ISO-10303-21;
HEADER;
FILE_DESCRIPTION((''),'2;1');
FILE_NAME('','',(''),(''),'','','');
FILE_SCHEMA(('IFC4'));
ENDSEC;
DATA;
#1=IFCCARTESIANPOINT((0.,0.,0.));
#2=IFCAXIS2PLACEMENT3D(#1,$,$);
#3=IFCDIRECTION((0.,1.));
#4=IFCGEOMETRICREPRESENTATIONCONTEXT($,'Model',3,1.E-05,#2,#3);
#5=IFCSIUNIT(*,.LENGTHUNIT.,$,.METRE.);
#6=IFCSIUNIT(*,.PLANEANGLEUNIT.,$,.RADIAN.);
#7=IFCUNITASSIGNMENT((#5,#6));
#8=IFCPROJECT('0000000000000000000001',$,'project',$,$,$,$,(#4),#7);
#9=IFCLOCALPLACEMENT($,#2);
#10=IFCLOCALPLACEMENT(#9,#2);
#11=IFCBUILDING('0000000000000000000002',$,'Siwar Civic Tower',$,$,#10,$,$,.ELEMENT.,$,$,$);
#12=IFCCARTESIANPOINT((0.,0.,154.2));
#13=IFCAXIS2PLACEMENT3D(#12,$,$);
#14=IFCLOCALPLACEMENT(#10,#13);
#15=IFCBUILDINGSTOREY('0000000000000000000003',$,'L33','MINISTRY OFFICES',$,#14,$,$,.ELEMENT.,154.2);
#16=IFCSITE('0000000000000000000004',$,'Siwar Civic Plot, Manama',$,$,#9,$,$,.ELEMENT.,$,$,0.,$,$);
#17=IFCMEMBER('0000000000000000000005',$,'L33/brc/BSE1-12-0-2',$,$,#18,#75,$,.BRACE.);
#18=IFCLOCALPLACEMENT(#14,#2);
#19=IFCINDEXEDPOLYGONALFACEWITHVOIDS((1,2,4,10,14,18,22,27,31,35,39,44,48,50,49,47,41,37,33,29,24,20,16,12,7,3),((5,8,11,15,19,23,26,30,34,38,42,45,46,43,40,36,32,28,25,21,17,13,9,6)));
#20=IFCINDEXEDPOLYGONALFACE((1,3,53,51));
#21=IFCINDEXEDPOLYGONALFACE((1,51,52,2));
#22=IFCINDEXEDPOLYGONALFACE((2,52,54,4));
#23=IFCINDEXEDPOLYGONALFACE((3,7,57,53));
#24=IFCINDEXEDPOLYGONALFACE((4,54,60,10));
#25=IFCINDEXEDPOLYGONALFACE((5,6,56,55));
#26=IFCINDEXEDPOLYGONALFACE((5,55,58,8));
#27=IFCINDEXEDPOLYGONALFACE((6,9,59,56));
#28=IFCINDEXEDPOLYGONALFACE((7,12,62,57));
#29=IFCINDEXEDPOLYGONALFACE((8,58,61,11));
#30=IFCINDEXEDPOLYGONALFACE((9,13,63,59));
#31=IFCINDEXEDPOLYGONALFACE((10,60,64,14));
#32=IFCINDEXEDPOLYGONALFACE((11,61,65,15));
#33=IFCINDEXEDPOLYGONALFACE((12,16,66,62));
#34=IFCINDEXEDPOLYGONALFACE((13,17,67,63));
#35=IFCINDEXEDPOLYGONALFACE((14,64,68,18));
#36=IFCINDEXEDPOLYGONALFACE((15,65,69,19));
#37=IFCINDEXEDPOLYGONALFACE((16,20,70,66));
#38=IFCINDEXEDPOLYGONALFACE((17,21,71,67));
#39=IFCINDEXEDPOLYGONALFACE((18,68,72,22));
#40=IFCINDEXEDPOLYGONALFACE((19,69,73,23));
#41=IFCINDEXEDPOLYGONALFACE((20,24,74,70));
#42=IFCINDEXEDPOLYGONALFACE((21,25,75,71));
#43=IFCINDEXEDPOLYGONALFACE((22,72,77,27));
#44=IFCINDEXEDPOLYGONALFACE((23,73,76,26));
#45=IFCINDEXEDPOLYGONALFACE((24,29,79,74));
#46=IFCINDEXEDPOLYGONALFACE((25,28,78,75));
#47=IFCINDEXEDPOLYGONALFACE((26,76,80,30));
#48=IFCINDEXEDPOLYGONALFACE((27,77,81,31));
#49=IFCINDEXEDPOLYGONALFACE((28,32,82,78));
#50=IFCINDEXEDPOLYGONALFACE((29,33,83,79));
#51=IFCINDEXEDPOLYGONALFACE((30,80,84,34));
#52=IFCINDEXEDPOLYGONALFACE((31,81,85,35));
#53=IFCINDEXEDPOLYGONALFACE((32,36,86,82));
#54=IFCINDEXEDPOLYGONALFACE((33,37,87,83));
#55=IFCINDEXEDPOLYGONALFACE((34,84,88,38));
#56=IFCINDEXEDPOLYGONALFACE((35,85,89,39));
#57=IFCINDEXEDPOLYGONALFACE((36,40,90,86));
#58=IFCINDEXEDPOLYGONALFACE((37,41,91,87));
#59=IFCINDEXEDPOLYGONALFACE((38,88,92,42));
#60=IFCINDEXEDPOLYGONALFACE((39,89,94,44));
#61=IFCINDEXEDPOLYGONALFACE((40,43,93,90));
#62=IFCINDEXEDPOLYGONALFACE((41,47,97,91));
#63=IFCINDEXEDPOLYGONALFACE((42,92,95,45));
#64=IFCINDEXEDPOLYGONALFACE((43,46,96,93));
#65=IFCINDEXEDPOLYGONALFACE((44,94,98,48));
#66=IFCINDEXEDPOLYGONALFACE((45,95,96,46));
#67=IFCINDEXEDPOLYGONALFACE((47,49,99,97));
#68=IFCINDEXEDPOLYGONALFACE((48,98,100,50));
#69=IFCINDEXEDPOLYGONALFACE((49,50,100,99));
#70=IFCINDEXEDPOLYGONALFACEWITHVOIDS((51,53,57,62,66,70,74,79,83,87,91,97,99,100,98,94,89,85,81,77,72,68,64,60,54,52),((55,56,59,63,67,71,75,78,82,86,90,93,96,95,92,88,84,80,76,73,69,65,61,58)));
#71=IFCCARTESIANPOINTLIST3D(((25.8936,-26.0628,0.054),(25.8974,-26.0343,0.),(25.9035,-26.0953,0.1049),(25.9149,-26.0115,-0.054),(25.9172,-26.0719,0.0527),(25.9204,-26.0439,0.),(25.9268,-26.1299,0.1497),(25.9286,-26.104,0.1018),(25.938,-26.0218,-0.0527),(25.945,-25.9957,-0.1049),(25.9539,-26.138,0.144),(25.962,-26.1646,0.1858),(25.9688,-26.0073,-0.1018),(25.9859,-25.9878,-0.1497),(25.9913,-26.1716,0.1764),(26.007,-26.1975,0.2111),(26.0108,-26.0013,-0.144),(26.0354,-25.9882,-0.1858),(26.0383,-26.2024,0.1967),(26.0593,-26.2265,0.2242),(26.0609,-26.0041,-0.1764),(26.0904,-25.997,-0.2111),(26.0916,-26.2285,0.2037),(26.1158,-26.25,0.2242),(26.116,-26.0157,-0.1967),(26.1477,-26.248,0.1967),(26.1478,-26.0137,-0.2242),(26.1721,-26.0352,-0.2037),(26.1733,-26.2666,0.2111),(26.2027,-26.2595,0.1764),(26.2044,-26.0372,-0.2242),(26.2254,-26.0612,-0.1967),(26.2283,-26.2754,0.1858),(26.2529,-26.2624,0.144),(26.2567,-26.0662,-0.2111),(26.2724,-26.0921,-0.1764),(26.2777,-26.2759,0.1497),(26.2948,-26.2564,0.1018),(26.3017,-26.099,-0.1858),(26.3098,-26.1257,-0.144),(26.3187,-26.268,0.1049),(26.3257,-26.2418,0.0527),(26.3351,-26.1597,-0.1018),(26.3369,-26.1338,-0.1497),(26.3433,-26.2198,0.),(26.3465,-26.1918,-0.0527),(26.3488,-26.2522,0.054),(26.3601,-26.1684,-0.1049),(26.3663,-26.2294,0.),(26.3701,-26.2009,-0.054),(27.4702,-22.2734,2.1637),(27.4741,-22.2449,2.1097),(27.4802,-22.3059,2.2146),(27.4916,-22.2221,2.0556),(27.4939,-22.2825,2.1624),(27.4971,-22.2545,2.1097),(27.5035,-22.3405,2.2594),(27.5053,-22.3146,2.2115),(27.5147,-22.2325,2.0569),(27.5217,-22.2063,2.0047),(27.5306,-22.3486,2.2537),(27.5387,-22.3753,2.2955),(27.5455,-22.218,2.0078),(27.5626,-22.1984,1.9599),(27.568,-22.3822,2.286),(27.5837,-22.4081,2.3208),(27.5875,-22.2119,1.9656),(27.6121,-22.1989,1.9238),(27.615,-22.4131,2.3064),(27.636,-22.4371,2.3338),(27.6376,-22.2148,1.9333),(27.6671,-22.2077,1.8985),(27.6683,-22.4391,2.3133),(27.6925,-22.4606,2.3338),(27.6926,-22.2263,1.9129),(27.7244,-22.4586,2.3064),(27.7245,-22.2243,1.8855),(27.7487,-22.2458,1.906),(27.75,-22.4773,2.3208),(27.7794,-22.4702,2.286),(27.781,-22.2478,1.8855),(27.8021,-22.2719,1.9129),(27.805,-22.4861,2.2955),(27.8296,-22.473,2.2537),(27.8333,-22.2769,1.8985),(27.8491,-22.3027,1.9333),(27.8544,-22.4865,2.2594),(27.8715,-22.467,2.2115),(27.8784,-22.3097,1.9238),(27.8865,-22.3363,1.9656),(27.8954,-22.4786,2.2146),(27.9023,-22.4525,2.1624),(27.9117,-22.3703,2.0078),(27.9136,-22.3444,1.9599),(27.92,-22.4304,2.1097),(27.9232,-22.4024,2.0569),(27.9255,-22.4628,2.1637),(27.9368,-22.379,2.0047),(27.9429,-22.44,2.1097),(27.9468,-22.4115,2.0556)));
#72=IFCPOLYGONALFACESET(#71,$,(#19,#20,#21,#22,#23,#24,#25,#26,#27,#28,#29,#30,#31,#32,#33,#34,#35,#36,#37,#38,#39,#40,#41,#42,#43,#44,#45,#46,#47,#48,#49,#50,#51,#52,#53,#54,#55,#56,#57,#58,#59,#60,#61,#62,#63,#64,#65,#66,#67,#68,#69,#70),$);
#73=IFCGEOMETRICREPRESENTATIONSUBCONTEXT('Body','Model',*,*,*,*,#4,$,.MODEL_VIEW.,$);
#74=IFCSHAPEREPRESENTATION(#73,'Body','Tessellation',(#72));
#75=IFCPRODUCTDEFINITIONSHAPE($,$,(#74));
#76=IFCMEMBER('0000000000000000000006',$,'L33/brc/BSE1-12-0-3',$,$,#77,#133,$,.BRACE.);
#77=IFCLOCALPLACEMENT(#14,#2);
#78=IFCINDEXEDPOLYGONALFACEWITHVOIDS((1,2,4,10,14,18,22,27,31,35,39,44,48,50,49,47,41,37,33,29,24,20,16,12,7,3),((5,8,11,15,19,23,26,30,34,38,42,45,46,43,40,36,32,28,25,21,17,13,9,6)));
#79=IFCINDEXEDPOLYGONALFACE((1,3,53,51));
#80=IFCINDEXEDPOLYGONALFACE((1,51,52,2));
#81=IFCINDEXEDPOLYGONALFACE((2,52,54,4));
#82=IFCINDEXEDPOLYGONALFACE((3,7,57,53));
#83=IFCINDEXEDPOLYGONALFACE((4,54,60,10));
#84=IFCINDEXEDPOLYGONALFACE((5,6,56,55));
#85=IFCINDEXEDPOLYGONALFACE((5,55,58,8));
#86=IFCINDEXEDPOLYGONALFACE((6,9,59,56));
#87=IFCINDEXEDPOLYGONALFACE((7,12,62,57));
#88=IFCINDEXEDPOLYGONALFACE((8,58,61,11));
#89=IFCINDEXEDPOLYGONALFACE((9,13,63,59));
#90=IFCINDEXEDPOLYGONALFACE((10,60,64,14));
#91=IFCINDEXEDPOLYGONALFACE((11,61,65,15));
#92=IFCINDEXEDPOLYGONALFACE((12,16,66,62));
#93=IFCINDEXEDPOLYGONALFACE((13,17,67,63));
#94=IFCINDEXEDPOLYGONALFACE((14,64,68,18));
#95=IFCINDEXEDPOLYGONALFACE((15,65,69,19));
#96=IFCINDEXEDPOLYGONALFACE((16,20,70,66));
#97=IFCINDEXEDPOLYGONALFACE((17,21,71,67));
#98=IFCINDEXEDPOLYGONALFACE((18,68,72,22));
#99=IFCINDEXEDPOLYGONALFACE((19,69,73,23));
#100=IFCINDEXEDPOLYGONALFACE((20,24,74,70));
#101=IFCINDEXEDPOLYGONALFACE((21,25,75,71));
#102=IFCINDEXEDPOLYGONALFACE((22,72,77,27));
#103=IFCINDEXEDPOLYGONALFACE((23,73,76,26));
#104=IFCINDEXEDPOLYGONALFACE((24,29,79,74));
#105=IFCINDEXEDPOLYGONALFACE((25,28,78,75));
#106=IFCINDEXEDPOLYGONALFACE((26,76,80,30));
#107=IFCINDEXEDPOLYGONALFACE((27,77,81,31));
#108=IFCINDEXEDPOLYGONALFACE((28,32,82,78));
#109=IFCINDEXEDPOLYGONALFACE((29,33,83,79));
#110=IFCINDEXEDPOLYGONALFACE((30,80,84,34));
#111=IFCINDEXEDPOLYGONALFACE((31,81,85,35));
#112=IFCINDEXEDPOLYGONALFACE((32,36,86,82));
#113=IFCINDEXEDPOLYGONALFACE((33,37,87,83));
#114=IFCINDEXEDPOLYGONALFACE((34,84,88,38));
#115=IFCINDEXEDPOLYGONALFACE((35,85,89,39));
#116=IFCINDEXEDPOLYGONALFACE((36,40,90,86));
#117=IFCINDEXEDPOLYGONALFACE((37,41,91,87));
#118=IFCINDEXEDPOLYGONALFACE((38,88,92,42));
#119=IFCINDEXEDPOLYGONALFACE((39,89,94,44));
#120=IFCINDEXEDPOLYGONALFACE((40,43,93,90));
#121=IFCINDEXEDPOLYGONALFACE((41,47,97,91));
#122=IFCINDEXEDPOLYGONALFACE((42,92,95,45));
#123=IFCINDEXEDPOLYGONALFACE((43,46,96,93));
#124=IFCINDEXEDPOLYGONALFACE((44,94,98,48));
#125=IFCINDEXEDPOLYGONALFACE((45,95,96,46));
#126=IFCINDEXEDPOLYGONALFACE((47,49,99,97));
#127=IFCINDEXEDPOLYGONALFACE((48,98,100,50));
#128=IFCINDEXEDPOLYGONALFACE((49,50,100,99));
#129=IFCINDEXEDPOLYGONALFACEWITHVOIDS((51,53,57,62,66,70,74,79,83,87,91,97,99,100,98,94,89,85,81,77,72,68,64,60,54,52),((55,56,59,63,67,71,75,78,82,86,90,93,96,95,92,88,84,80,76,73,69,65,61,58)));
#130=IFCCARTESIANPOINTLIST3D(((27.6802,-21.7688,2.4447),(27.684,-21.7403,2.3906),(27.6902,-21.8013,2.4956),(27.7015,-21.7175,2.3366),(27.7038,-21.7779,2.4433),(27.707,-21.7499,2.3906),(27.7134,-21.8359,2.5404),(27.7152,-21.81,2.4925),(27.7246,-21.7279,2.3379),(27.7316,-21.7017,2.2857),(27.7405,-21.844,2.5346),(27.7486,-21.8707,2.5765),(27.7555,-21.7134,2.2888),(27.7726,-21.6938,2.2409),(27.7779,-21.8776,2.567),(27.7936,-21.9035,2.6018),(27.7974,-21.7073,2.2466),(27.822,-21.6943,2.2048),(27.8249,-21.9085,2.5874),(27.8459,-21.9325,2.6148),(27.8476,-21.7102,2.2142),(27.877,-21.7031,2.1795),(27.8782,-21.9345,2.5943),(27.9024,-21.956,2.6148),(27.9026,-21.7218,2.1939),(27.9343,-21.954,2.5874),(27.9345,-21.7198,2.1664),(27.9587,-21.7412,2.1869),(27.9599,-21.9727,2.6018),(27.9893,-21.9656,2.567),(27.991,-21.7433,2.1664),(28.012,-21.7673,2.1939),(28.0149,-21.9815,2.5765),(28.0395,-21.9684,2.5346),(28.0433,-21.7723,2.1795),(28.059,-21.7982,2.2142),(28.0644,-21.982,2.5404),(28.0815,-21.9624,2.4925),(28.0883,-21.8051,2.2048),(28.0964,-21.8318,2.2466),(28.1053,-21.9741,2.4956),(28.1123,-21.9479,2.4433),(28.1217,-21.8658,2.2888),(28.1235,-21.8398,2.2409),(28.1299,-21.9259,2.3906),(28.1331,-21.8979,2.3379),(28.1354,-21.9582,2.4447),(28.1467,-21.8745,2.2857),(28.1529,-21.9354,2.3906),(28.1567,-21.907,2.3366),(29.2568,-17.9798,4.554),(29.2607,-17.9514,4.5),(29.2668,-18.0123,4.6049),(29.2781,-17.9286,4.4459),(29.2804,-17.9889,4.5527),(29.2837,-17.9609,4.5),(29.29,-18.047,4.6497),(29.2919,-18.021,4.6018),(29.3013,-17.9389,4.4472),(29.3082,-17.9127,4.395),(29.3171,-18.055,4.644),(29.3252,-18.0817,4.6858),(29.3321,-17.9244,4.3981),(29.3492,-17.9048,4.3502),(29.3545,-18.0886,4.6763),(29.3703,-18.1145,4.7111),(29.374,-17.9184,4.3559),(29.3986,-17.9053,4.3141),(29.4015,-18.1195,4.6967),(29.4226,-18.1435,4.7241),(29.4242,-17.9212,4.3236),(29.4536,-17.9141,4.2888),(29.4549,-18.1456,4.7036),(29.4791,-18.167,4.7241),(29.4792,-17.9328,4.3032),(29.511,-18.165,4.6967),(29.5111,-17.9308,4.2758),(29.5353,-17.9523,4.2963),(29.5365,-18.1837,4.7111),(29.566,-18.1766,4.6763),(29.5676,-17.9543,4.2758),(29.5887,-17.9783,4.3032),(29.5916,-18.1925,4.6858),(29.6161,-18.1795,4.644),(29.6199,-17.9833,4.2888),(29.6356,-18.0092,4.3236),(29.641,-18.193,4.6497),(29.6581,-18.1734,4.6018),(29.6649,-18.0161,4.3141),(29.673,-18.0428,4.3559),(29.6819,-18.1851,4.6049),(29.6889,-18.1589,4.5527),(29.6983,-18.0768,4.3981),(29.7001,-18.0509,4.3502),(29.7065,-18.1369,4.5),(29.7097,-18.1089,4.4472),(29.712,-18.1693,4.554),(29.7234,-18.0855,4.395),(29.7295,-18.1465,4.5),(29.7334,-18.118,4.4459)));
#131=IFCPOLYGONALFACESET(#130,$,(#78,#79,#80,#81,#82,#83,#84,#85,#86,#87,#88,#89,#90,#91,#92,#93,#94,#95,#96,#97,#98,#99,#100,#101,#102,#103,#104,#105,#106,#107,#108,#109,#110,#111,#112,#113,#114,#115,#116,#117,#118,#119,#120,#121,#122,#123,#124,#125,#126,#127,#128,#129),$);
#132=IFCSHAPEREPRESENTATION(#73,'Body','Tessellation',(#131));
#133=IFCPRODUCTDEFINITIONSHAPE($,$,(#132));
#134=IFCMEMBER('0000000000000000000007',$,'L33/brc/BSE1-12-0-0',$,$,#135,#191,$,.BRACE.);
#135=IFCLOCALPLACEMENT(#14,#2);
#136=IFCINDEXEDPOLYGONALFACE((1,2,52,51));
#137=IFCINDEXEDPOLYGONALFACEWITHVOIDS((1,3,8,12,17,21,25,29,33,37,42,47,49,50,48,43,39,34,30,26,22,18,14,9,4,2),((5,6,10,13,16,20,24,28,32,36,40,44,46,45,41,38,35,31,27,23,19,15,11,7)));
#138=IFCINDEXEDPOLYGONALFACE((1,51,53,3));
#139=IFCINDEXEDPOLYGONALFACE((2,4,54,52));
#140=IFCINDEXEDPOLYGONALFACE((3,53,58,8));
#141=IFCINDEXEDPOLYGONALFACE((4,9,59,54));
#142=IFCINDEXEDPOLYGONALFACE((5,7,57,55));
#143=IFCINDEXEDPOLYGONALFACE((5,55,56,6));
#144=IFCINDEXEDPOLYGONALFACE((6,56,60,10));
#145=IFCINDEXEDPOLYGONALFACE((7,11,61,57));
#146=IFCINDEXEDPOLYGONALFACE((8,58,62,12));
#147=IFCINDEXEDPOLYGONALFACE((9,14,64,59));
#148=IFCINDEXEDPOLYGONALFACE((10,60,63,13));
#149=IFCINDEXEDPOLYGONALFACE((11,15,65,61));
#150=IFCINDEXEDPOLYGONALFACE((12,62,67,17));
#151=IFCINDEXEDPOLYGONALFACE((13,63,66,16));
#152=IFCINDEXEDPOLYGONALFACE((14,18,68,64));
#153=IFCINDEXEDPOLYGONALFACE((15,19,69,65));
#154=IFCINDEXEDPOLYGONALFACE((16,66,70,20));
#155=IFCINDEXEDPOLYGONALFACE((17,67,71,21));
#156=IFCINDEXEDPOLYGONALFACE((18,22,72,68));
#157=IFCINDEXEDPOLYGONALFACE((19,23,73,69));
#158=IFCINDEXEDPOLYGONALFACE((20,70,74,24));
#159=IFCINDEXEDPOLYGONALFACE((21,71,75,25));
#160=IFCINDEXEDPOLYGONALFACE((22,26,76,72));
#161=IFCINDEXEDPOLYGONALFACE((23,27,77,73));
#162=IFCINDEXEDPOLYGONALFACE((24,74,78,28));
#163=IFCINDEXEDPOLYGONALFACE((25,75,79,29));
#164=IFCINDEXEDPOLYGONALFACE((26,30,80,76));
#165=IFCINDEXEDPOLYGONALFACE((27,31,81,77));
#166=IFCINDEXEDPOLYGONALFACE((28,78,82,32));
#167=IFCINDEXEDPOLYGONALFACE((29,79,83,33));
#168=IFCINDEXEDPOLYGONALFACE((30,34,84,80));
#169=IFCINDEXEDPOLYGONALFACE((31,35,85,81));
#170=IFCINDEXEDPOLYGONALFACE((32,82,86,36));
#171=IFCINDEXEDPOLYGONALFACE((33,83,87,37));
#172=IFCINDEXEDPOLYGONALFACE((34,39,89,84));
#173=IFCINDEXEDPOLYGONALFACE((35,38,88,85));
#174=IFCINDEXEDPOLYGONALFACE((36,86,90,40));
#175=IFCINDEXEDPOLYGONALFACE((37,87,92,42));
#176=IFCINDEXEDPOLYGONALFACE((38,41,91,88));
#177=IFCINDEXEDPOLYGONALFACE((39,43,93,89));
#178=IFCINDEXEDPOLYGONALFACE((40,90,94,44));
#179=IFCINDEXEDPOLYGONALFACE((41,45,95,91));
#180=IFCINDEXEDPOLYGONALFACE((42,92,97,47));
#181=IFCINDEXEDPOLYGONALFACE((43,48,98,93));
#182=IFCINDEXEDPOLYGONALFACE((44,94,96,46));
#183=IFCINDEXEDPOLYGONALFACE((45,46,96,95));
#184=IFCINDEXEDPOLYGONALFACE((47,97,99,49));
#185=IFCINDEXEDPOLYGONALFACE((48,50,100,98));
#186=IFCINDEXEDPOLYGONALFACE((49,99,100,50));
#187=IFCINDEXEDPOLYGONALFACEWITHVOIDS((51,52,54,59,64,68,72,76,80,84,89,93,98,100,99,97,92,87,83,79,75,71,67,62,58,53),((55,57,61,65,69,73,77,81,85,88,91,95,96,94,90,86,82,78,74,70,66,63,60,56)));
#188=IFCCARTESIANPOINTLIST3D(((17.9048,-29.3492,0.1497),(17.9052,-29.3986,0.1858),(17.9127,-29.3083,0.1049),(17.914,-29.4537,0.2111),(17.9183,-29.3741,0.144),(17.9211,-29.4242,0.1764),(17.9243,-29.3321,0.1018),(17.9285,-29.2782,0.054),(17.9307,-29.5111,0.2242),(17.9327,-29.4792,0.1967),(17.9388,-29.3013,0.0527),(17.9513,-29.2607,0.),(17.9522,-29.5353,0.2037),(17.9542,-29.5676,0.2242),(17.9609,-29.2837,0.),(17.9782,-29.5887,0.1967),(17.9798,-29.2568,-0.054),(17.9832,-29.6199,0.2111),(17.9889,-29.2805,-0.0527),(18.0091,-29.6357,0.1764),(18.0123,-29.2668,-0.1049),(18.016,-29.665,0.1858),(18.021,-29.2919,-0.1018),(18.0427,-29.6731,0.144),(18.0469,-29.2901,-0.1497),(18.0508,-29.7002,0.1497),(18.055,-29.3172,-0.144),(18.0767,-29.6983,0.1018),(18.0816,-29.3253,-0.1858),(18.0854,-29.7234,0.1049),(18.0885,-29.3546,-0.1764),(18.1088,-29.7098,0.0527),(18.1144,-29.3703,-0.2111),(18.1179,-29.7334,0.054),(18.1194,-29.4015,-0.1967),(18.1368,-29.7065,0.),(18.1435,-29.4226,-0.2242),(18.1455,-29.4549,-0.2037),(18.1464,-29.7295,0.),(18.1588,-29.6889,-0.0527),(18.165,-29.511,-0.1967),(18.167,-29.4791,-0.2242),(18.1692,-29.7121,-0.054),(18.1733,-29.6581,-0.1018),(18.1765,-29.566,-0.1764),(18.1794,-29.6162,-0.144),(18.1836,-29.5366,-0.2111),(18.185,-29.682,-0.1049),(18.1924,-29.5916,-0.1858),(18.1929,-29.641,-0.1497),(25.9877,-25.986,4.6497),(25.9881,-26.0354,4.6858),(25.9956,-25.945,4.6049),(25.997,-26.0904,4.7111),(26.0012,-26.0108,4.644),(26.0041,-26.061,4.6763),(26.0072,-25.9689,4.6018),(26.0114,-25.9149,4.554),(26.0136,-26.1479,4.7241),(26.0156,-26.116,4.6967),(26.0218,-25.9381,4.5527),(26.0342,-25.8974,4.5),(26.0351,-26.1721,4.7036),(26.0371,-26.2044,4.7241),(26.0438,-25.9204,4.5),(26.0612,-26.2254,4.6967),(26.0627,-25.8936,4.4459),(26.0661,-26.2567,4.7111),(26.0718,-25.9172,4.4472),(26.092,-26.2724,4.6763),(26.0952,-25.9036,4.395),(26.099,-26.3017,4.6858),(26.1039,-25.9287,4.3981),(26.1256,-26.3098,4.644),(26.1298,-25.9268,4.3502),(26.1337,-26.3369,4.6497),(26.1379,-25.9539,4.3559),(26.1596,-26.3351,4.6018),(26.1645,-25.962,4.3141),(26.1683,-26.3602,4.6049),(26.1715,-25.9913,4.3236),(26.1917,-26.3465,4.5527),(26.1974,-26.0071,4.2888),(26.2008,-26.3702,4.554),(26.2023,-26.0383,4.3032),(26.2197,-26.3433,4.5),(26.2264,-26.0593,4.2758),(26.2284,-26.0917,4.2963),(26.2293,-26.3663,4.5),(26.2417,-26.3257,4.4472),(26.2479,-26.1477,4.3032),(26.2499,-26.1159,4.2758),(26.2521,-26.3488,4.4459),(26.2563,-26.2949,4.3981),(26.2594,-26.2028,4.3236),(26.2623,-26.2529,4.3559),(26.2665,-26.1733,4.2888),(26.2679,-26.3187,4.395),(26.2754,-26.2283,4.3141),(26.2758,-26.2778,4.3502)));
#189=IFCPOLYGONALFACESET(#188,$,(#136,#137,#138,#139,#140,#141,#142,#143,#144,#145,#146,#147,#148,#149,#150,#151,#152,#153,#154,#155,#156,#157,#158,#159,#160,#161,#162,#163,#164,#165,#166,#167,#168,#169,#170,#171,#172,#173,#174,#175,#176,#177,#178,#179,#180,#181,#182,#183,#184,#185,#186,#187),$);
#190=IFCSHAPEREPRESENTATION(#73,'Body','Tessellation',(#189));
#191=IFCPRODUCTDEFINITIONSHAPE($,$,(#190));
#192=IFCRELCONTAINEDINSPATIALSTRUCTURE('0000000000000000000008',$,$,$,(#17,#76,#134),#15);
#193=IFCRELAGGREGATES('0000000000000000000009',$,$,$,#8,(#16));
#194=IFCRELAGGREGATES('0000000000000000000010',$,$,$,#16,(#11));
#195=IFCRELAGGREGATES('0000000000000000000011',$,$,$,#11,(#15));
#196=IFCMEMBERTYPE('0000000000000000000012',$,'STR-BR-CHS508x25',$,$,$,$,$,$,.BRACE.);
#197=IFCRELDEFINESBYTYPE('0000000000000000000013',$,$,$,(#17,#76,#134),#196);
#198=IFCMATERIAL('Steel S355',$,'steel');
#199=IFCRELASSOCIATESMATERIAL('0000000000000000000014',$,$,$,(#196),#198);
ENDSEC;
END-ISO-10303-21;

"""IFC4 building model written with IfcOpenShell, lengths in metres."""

from ifc_helpers import new_model, si_unit, direction, frame, origin, origin_2d, place, context, subcontext, project, spatial, hollow_circle, extrude, material, material_profile, profile_set, type_object, element, save


model = new_model("IFC4")

# Units and contexts
model_context = context("Model", 3, precision=1e-05, world=origin(), true_north=direction((0.0, 1.0)))
body_context = subcontext(model_context, "Body", "Model", "MODEL_VIEW")
ifc_project = project(units=[si_unit("LENGTHUNIT", "METRE"), si_unit("PLANEANGLEUNIT", "RADIAN")], contexts=[model_context])

# Site, building, storey
site_placement = place(None, origin())
site = spatial("IfcSite", under=ifc_project, at=site_placement, Name="Siwar Civic Plot, Manama", CompositionType="ELEMENT", RefElevation=0.0)
building_placement = place(site_placement, origin())
building = spatial("IfcBuilding", under=site, at=building_placement, Name="Siwar Civic Tower", CompositionType="ELEMENT")
storey_placement = place(building_placement, frame((0.0, 0.0, 154.2)))
storey = spatial("IfcBuildingStorey", under=building, at=storey_placement, Name="L33", Description="MINISTRY OFFICES", CompositionType="ELEMENT", Elevation=154.2)

# Members
ifc_material_1 = material(Name="Steel S355", Category="steel")
ifc_material_profile_1 = material_profile(ifc_material_1, hollow_circle(Radius=0.2539, WallThickness=0.0249, at=origin_2d()), Name="CHS508x25")
ifc_profile_set_1 = profile_set([ifc_material_profile_1], Name="Steel S355")
member_type_1 = type_object("IfcMemberType", Name="STR-BR-CHS508x25", PredefinedType="BRACE", material=ifc_profile_set_1)
member_1_placement = place(storey_placement, frame((26.1318, -26.1318, 0.0), z_axis=(0.341662, 0.821143, 0.457155), x_axis=(-0.923269, 0.384155, 0.0)))
element("IfcMember", 1, at=member_1_placement, inside=storey, type_object=member_type_1, Name="L33/brc/BSE1-12-0-2", PredefinedType="BRACE", context=body_context, shape_type="SweptSolid", body=[
    extrude(hollow_circle(Radius=0.2539, WallThickness=0.0249, at=origin_2d()), origin(), (0.0, 0.0, 1.0), 4.6147),
])
member_2_placement = place(storey_placement, frame((27.9185, -21.8379, 2.3906), z_axis=(0.341686, 0.821146, 0.457133), x_axis=(-0.92326, 0.384176, 0.0)))
element("IfcMember", 2, at=member_2_placement, inside=storey, type_object=member_type_1, Name="L33/brc/BSE1-12-0-3", PredefinedType="BRACE", context=body_context, shape_type="SweptSolid", body=[
    extrude(hollow_circle(Radius=0.2539, WallThickness=0.0249, at=origin_2d()), origin(), (0.0, 0.0, 1.0), 4.6143),
])
member_3_placement = place(storey_placement, frame((18.0488, -29.4951, 0.0), z_axis=(0.821143, 0.341671, 0.457149), x_axis=(-0.384164, 0.923265, 0.0)))
element("IfcMember", 3, at=member_3_placement, inside=storey, type_object=member_type_1, Name="L33/brc/BSE1-12-0-0", PredefinedType="BRACE", context=body_context, shape_type="SweptSolid", body=[
    extrude(hollow_circle(Radius=0.2539, WallThickness=0.0249, at=origin_2d()), origin(), (0.0, 0.0, 1.0), 9.8435),
])

save(model, "model.ifc")
